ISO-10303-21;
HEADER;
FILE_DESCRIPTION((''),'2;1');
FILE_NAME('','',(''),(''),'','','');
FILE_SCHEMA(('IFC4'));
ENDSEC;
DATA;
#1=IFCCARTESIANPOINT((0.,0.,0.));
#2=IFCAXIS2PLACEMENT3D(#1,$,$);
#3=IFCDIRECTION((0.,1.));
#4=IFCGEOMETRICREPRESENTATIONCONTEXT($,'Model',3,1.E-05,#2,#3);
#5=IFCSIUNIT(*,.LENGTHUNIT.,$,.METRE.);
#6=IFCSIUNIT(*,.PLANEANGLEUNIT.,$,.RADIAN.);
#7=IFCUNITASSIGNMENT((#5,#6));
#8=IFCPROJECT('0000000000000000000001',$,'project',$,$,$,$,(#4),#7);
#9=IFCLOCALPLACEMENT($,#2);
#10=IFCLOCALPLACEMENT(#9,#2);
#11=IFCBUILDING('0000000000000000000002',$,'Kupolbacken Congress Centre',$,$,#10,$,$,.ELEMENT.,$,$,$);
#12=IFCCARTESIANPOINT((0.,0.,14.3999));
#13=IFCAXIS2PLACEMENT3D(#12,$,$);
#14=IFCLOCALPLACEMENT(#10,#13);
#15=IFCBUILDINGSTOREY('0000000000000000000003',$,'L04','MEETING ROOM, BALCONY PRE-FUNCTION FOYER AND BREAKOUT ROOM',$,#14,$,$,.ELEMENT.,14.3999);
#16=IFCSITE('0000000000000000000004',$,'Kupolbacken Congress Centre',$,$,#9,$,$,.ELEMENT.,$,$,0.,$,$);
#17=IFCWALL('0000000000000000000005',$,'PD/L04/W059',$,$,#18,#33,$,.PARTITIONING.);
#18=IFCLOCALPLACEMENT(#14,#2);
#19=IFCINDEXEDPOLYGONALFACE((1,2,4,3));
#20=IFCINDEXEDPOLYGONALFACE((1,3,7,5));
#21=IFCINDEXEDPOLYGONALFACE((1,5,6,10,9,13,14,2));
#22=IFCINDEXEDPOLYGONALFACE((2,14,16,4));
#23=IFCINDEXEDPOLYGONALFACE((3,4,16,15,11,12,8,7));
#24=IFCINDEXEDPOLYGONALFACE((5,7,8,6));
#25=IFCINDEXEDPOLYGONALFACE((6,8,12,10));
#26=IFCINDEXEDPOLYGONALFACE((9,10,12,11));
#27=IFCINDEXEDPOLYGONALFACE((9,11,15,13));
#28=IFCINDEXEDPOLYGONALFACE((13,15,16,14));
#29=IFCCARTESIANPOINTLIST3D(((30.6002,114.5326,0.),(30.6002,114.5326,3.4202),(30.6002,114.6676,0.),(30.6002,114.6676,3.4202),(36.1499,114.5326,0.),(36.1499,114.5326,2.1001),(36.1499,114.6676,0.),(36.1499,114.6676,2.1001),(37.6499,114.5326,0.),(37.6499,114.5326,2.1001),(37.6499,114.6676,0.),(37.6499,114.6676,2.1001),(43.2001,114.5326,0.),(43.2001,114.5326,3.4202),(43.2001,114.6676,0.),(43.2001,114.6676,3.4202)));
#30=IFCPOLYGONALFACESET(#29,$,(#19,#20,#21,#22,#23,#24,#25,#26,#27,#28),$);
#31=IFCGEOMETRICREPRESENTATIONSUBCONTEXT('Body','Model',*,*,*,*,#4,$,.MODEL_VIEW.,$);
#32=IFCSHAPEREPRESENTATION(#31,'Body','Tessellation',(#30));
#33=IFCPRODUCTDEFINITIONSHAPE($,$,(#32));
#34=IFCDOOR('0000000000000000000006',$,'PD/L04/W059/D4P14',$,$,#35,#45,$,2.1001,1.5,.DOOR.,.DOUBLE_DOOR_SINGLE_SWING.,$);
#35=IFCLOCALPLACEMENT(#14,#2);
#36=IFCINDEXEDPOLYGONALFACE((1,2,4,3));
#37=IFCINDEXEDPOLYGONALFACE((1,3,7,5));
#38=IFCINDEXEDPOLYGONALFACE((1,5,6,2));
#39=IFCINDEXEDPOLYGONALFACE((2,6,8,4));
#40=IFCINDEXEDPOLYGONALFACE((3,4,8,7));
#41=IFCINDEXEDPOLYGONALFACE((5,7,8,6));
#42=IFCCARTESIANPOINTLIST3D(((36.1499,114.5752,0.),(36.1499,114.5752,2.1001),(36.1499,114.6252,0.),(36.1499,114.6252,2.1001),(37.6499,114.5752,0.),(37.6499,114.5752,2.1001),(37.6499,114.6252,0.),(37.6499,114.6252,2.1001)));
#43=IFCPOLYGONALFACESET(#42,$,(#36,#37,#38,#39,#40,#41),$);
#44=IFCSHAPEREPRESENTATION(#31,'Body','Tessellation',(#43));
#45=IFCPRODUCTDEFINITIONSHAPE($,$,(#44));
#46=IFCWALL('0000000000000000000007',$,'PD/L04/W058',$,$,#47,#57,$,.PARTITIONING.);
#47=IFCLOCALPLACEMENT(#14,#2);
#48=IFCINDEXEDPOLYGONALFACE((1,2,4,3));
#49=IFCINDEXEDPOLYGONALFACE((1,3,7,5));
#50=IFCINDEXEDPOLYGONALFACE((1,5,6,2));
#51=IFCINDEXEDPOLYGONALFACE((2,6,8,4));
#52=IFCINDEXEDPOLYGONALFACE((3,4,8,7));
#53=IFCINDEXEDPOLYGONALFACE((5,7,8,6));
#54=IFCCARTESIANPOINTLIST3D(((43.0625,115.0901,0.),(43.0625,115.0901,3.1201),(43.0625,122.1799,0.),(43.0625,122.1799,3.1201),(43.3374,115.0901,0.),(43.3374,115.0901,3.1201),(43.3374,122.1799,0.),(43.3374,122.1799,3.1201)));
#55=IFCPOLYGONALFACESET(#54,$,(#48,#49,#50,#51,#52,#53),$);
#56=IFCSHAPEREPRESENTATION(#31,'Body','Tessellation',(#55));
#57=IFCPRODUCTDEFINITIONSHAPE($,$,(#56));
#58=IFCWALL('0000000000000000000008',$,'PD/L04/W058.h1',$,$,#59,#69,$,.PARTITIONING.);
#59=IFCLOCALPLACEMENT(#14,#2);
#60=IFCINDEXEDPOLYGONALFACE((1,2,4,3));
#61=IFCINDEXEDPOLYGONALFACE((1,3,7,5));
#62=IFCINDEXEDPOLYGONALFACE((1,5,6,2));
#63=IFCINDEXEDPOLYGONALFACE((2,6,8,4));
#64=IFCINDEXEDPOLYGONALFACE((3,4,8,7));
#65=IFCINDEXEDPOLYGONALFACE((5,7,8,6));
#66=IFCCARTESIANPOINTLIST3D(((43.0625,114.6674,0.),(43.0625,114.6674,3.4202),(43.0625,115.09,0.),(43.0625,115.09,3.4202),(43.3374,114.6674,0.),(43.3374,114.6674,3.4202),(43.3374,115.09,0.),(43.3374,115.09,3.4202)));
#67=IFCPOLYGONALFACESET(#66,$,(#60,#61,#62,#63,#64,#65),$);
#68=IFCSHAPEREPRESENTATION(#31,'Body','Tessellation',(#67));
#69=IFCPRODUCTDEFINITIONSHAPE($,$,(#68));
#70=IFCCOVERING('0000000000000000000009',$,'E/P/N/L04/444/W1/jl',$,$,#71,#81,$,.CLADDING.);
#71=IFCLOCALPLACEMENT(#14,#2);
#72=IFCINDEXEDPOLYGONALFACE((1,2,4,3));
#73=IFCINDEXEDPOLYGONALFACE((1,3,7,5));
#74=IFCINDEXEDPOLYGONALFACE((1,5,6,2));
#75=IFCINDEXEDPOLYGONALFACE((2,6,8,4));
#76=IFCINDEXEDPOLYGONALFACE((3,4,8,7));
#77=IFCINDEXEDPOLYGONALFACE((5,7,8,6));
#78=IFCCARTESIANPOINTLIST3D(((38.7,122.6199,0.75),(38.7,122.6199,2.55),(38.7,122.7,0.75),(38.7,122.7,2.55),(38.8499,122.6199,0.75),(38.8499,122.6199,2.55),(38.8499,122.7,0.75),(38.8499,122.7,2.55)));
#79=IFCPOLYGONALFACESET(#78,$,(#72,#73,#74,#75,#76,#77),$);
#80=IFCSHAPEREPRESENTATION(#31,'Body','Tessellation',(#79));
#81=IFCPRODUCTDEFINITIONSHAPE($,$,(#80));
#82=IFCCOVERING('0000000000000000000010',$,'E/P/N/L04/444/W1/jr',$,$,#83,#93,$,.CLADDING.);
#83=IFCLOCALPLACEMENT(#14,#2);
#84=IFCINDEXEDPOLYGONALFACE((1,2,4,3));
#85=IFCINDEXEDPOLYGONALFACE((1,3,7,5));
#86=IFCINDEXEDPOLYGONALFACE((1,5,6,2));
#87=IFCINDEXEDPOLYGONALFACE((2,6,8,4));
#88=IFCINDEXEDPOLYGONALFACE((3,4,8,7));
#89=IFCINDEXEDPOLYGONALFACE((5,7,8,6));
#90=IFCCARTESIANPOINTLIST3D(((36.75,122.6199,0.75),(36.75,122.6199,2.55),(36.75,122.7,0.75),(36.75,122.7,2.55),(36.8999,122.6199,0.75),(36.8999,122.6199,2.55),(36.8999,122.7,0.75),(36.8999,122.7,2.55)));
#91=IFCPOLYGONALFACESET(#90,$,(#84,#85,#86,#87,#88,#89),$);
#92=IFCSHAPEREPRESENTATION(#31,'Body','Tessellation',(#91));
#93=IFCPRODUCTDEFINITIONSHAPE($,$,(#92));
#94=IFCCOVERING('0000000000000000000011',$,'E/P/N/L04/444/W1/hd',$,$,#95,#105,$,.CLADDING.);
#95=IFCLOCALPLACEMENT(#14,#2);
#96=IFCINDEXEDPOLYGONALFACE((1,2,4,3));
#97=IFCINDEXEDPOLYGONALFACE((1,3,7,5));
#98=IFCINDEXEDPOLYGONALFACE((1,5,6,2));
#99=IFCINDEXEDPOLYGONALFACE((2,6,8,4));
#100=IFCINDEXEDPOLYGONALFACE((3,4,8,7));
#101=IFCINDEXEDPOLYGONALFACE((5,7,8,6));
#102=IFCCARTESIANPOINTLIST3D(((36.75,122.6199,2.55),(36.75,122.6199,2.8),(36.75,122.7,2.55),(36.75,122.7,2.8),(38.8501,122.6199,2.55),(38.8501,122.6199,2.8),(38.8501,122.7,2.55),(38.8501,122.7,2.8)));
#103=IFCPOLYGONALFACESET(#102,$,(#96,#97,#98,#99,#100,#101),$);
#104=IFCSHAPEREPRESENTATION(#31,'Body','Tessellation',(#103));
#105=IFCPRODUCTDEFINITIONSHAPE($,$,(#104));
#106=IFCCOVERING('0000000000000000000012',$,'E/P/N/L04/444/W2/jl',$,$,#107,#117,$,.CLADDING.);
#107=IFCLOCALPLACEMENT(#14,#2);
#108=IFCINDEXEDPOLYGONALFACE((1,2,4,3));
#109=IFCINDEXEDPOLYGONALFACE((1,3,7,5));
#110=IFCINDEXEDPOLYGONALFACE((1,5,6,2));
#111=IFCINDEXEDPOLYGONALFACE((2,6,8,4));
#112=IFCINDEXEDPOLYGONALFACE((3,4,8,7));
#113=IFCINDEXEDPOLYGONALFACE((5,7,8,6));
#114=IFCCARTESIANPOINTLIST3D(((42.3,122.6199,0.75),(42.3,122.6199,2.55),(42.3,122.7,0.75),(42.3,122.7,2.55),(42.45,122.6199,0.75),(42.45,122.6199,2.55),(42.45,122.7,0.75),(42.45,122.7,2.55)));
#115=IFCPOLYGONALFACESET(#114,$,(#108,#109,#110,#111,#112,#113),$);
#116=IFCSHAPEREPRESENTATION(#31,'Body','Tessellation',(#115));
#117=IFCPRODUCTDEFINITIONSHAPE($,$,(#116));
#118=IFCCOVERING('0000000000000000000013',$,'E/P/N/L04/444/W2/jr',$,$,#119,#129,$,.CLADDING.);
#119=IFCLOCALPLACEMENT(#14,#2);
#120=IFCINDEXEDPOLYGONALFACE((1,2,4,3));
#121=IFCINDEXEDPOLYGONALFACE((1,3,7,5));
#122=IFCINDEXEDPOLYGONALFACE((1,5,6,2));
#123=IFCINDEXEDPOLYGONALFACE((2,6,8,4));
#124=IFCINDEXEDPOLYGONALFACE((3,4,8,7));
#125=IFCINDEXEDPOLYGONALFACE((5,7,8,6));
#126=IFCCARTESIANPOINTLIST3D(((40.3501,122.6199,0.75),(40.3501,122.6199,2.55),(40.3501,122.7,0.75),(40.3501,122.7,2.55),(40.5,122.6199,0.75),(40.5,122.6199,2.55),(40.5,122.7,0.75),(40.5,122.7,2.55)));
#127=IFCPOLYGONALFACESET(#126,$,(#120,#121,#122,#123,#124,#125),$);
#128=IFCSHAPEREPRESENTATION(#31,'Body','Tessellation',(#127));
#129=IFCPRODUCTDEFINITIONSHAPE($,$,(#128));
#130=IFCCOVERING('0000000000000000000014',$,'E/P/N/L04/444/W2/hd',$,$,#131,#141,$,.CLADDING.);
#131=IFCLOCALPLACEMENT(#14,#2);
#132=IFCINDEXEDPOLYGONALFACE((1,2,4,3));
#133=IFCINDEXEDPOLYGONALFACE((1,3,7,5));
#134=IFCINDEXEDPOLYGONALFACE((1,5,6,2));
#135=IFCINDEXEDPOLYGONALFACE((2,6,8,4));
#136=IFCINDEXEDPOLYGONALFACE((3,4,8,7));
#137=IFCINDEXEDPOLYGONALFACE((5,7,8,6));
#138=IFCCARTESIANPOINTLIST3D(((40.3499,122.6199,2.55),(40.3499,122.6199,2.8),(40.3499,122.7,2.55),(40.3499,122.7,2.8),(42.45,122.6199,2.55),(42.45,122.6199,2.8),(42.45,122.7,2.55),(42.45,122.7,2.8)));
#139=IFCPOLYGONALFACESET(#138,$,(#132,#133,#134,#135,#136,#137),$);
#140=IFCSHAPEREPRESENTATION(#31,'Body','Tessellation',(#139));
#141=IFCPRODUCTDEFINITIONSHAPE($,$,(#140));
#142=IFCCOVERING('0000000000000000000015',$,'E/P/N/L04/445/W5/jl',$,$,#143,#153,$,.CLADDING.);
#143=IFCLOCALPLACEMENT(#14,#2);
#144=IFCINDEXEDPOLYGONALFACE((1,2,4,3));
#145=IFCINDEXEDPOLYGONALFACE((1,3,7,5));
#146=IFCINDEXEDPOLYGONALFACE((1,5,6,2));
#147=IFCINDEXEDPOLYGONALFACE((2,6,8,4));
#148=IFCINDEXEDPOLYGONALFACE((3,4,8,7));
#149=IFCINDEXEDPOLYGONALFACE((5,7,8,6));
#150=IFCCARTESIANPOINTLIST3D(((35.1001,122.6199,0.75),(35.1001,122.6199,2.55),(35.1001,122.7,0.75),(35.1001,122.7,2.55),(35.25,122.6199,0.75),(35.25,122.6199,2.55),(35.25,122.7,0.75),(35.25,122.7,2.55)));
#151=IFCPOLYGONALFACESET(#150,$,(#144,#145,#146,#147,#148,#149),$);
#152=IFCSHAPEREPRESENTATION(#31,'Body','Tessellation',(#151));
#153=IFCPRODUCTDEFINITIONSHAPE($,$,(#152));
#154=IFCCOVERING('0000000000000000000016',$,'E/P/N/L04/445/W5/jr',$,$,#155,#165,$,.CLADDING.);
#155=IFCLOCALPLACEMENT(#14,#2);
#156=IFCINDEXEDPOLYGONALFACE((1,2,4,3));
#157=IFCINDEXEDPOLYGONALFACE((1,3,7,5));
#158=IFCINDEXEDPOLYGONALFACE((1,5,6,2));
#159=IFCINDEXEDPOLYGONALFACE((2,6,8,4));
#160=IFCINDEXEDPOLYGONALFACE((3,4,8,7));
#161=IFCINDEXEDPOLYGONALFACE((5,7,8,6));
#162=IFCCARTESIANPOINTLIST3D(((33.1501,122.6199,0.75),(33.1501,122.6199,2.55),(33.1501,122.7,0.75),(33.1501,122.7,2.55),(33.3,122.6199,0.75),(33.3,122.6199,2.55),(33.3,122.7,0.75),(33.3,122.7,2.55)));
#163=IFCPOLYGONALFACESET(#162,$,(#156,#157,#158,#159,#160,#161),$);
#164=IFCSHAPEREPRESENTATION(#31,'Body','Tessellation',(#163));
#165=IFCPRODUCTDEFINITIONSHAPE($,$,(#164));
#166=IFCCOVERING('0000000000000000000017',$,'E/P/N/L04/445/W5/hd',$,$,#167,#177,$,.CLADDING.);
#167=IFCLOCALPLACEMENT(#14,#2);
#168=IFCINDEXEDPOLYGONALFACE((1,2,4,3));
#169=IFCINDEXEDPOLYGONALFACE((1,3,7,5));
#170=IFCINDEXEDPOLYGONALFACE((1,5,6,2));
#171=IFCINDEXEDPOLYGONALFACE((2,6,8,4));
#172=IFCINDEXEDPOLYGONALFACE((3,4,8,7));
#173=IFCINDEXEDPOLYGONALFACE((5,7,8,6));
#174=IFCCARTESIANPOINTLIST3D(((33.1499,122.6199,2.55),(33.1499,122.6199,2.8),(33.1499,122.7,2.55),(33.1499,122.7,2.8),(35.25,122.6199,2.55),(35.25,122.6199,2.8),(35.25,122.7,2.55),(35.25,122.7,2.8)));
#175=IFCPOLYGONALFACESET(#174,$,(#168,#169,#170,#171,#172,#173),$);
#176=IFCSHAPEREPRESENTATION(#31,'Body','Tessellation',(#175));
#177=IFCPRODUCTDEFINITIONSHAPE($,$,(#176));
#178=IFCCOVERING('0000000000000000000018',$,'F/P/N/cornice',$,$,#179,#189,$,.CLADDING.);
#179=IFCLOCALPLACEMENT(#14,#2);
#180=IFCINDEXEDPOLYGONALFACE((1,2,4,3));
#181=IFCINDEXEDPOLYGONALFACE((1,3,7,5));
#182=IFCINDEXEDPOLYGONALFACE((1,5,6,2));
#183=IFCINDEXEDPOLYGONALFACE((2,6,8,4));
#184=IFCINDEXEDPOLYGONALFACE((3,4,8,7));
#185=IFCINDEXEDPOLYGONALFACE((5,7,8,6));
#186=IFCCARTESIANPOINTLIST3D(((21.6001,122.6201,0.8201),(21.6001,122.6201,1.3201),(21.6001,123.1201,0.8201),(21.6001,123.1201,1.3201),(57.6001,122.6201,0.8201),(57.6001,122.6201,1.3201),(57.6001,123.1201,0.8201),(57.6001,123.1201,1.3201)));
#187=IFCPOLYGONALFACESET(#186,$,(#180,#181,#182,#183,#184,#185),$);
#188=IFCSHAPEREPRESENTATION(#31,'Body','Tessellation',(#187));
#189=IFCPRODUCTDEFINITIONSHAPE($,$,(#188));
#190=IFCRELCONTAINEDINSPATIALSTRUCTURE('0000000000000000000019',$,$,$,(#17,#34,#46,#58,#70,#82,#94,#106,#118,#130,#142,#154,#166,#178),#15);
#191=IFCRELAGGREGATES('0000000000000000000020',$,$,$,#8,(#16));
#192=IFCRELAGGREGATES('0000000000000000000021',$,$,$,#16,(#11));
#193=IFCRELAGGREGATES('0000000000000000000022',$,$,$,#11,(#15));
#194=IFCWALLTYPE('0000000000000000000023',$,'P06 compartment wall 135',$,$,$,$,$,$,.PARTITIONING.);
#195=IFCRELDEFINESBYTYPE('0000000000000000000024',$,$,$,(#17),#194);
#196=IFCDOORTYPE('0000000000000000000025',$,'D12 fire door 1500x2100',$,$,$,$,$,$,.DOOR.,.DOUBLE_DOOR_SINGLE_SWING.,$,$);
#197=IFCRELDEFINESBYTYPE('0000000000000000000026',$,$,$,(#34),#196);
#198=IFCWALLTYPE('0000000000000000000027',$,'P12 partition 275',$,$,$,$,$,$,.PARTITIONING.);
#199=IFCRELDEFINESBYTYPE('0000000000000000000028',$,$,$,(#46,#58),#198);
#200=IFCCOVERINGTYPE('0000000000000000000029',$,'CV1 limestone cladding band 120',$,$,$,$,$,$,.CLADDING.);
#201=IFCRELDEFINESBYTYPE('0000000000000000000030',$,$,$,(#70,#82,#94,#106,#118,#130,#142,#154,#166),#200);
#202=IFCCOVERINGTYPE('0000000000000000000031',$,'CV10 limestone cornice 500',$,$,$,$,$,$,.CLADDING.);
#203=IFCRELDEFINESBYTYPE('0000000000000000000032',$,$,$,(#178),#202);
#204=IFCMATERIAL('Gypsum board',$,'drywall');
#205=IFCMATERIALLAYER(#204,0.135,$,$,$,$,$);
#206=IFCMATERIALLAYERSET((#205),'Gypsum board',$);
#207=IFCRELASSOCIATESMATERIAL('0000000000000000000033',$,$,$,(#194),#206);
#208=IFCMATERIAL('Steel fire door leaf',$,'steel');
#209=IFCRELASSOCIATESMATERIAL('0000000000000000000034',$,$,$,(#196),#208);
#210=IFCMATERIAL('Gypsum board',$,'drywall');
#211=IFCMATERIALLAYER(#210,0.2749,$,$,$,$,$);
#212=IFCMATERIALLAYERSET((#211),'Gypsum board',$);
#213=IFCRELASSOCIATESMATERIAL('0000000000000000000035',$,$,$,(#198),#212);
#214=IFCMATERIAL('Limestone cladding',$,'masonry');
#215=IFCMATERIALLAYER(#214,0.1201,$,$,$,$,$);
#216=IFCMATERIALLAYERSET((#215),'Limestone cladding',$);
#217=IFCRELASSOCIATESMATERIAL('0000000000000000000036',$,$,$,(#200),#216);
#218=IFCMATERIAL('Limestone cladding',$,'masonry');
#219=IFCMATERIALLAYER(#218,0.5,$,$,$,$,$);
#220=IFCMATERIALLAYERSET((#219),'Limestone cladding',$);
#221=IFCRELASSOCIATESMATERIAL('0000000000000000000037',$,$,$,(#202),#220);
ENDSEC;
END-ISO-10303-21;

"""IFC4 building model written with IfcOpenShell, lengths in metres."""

from ifc_helpers import new_model, si_unit, direction, frame, frame_2d, origin, origin_2d, place, context, subcontext, project, spatial, rectangle, extrude, material, layer, layer_set, type_object, element, fill, save


model = new_model("IFC4")

# Units and contexts
model_context = context("Model", 3, precision=1e-05, world=origin(), true_north=direction((0.0, 1.0)))
body_context = subcontext(model_context, "Body", "Model", "MODEL_VIEW")
ifc_project = project(units=[si_unit("LENGTHUNIT", "METRE"), si_unit("PLANEANGLEUNIT", "RADIAN")], contexts=[model_context])

# Site, building, storey
site_placement = place(None, origin())
site = spatial("IfcSite", under=ifc_project, at=site_placement, Name="Kupolbacken Congress Centre", CompositionType="ELEMENT", RefElevation=0.0)
building_placement = place(site_placement, origin())
building = spatial("IfcBuilding", under=site, at=building_placement, Name="Kupolbacken Congress Centre", CompositionType="ELEMENT")
storey_placement = place(building_placement, frame((0.0, 0.0, 14.3999)))
storey = spatial("IfcBuildingStorey", under=building, at=storey_placement, Name="L04", Description="MEETING ROOM, BALCONY PRE-FUNCTION FOYER AND BREAKOUT ROOM", CompositionType="ELEMENT", Elevation=14.3999)

# Wall, opening, door
ifc_material_1 = material(Name="Gypsum board", Category="drywall")
ifc_layer_1 = layer(ifc_material_1, 0.135)
ifc_layer_set_1 = layer_set([ifc_layer_1], Name="Gypsum board")
wall_type_1 = type_object("IfcWallType", Name="P06 compartment wall 135", PredefinedType="PARTITIONING", material=ifc_layer_set_1)
wall_1_placement = place(storey_placement, frame((43.2, 114.6001, 0.0), z_axis=(0.0, 0.0, 1.0), x_axis=(-1.0, 0.0, 0.0)))
wall_1 = element("IfcWall", 1, at=wall_1_placement, inside=storey, type_object=wall_type_1, Name="PD/L04/W059", PredefinedType="PARTITIONING", context=body_context, shape_type="SweptSolid", body=[
    extrude(rectangle(XDim=12.5999, YDim=0.135, at=frame_2d((6.2998, 0.0))), origin(), (0.0, 0.0, 1.0), 3.4202),
])
opening_1_placement = place(wall_1_placement, frame((5.55, 0.0, 0.0)))
opening_1 = element("IfcOpeningElement", 2, at=opening_1_placement, cuts=wall_1, PredefinedType="OPENING", context=body_context, shape_type="SweptSolid", body=[
    extrude(rectangle(XDim=1.5, YDim=2.1001, at=frame_2d((0.75, 1.05))), frame((0.0, 0.0774, 0.0), z_axis=(0.0, -1.0, 0.0), x_axis=(1.0, 0.0, 0.0)), (0.0, 0.0, 1.0), 0.155),
])
ifc_material_2 = material(Name="Steel fire door leaf", Category="steel")
door_type = type_object("IfcDoorType", Name="D12 fire door 1500x2100", OperationType="DOUBLE_DOOR_SINGLE_SWING", PredefinedType="DOOR", material=ifc_material_2)
door_placement = place(opening_1_placement, origin())
door = element("IfcDoor", 3, at=door_placement, inside=storey, type_object=door_type, Name="PD/L04/W059/D4P14", OperationType="DOUBLE_DOOR_SINGLE_SWING", OverallHeight=2.1001, OverallWidth=1.5, PredefinedType="DOOR", context=body_context, shape_type="SweptSolid", body=[
    extrude(rectangle(XDim=1.5, YDim=2.1001, at=frame_2d((0.75, 1.05))), frame((0.0, 0.0249, 0.0), z_axis=(0.0, -1.0, 0.0), x_axis=(1.0, 0.0, 0.0)), (0.0, 0.0, 1.0), 0.05),
])
fill(opening_1, door)

# Walls
ifc_material_3 = material(Name="Gypsum board", Category="drywall")
ifc_layer_2 = layer(ifc_material_3, 0.2749)
ifc_layer_set_2 = layer_set([ifc_layer_2], Name="Gypsum board")
wall_type_2 = type_object("IfcWallType", Name="P12 partition 275", PredefinedType="PARTITIONING", material=ifc_layer_set_2)
wall_2_placement = place(storey_placement, frame((43.2, 122.1799, 0.0), z_axis=(0.0, 0.0, 1.0), x_axis=(0.0, -1.0, 0.0)))
element("IfcWall", 4, at=wall_2_placement, inside=storey, type_object=wall_type_2, Name="PD/L04/W058", PredefinedType="PARTITIONING", context=body_context, shape_type="SweptSolid", body=[
    extrude(rectangle(XDim=7.0898, YDim=0.2749, at=frame_2d((3.5449, 0.0))), origin(), (0.0, 0.0, 1.0), 3.1201),
])
wall_3_placement = place(storey_placement, frame((43.2, 115.0901, 0.0), z_axis=(0.0, 0.0, 1.0), x_axis=(0.0, -1.0, 0.0)))
element("IfcWall", 5, at=wall_3_placement, inside=storey, type_object=wall_type_2, Name="PD/L04/W058.h1", PredefinedType="PARTITIONING", context=body_context, shape_type="SweptSolid", body=[
    extrude(rectangle(XDim=0.4226, YDim=0.2749, at=frame_2d((0.2114, 0.0))), origin(), (0.0, 0.0, 1.0), 3.4202),
])

# Coverings
ifc_material_4 = material(Name="Limestone cladding", Category="masonry")
ifc_layer_3 = layer(ifc_material_4, 0.1201)
ifc_layer_set_3 = layer_set([ifc_layer_3], Name="Limestone cladding")
covering_type_1 = type_object("IfcCoveringType", Name="CV1 limestone cladding band 120", PredefinedType="CLADDING", material=ifc_layer_set_3)
for number, where, z_axis, x_axis, name in (
    (6, (38.7749, 122.6599, 0.75), (0.0, 0.0, 1.0), (-1.0, 0.0, 0.0), "E/P/N/L04/444/W1/jl"),
    (7, (36.825, 122.6599, 0.75), (0.0, 0.0, 1.0), (-1.0, 0.0, 0.0), "E/P/N/L04/444/W1/jr"),
):
    element("IfcCovering", number, at=place(storey_placement, frame(where, z_axis=z_axis, x_axis=x_axis)), inside=storey, type_object=covering_type_1, Name=name, PredefinedType="CLADDING", context=body_context, shape_type="SweptSolid", body=[
        extrude(rectangle(XDim=0.1499, YDim=0.0801, at=origin_2d()), origin(), (0.0, 0.0, 1.0), 1.8),
    ])
covering_1_placement = place(storey_placement, frame((37.8, 122.6599, 2.55), z_axis=(0.0, 0.0, 1.0), x_axis=(-1.0, 0.0, 0.0)))
element("IfcCovering", 8, at=covering_1_placement, inside=storey, type_object=covering_type_1, Name="E/P/N/L04/444/W1/hd", PredefinedType="CLADDING", context=body_context, shape_type="SweptSolid", body=[
    extrude(rectangle(XDim=2.1001, YDim=0.0801, at=origin_2d()), origin(), (0.0, 0.0, 1.0), 0.25),
])
for number, where, z_axis, x_axis, name in (
    (9, (42.375, 122.6599, 0.75), (0.0, 0.0, 1.0), (-1.0, 0.0, 0.0), "E/P/N/L04/444/W2/jl"),
    (10, (40.425, 122.6599, 0.75), (0.0, 0.0, 1.0), (-1.0, 0.0, 0.0), "E/P/N/L04/444/W2/jr"),
):
    element("IfcCovering", number, at=place(storey_placement, frame(where, z_axis=z_axis, x_axis=x_axis)), inside=storey, type_object=covering_type_1, Name=name, PredefinedType="CLADDING", context=body_context, shape_type="SweptSolid", body=[
        extrude(rectangle(XDim=0.1499, YDim=0.0801, at=origin_2d()), origin(), (0.0, 0.0, 1.0), 1.8),
    ])
covering_2_placement = place(storey_placement, frame((41.3999, 122.6599, 2.55), z_axis=(0.0, 0.0, 1.0), x_axis=(-1.0, 0.0, 0.0)))
element("IfcCovering", 11, at=covering_2_placement, inside=storey, type_object=covering_type_1, Name="E/P/N/L04/444/W2/hd", PredefinedType="CLADDING", context=body_context, shape_type="SweptSolid", body=[
    extrude(rectangle(XDim=2.1001, YDim=0.0801, at=origin_2d()), origin(), (0.0, 0.0, 1.0), 0.25),
])
for number, where, z_axis, x_axis, name in (
    (12, (35.175, 122.6599, 0.75), (0.0, 0.0, 1.0), (-1.0, 0.0, 0.0), "E/P/N/L04/445/W5/jl"),
    (13, (33.2251, 122.6599, 0.75), (0.0, 0.0, 1.0), (-1.0, 0.0, 0.0), "E/P/N/L04/445/W5/jr"),
):
    element("IfcCovering", number, at=place(storey_placement, frame(where, z_axis=z_axis, x_axis=x_axis)), inside=storey, type_object=covering_type_1, Name=name, PredefinedType="CLADDING", context=body_context, shape_type="SweptSolid", body=[
        extrude(rectangle(XDim=0.1499, YDim=0.0801, at=origin_2d()), origin(), (0.0, 0.0, 1.0), 1.8),
    ])
covering_3_placement = place(storey_placement, frame((34.2, 122.6599, 2.55), z_axis=(0.0, 0.0, 1.0), x_axis=(-1.0, 0.0, 0.0)))
element("IfcCovering", 14, at=covering_3_placement, inside=storey, type_object=covering_type_1, Name="E/P/N/L04/445/W5/hd", PredefinedType="CLADDING", context=body_context, shape_type="SweptSolid", body=[
    extrude(rectangle(XDim=2.1001, YDim=0.0801, at=origin_2d()), origin(), (0.0, 0.0, 1.0), 0.25),
])
ifc_material_5 = material(Name="Limestone cladding", Category="masonry")
ifc_layer_4 = layer(ifc_material_5, 0.5)
ifc_layer_set_4 = layer_set([ifc_layer_4], Name="Limestone cladding")
covering_type_2 = type_object("IfcCoveringType", Name="CV10 limestone cornice 500", PredefinedType="CLADDING", material=ifc_layer_set_4)
covering_4_placement = place(storey_placement, frame((39.6001, 122.8701, 0.8201), z_axis=(0.0, 0.0, 1.0), x_axis=(1.0, 0.0, 0.0)))
element("IfcCovering", 15, at=covering_4_placement, inside=storey, type_object=covering_type_2, Name="F/P/N/cornice", PredefinedType="CLADDING", context=body_context, shape_type="SweptSolid", body=[
    extrude(rectangle(XDim=36.0, YDim=0.5, at=origin_2d()), origin(), (0.0, 0.0, 1.0), 0.5),
])

save(model, "model.ifc")
